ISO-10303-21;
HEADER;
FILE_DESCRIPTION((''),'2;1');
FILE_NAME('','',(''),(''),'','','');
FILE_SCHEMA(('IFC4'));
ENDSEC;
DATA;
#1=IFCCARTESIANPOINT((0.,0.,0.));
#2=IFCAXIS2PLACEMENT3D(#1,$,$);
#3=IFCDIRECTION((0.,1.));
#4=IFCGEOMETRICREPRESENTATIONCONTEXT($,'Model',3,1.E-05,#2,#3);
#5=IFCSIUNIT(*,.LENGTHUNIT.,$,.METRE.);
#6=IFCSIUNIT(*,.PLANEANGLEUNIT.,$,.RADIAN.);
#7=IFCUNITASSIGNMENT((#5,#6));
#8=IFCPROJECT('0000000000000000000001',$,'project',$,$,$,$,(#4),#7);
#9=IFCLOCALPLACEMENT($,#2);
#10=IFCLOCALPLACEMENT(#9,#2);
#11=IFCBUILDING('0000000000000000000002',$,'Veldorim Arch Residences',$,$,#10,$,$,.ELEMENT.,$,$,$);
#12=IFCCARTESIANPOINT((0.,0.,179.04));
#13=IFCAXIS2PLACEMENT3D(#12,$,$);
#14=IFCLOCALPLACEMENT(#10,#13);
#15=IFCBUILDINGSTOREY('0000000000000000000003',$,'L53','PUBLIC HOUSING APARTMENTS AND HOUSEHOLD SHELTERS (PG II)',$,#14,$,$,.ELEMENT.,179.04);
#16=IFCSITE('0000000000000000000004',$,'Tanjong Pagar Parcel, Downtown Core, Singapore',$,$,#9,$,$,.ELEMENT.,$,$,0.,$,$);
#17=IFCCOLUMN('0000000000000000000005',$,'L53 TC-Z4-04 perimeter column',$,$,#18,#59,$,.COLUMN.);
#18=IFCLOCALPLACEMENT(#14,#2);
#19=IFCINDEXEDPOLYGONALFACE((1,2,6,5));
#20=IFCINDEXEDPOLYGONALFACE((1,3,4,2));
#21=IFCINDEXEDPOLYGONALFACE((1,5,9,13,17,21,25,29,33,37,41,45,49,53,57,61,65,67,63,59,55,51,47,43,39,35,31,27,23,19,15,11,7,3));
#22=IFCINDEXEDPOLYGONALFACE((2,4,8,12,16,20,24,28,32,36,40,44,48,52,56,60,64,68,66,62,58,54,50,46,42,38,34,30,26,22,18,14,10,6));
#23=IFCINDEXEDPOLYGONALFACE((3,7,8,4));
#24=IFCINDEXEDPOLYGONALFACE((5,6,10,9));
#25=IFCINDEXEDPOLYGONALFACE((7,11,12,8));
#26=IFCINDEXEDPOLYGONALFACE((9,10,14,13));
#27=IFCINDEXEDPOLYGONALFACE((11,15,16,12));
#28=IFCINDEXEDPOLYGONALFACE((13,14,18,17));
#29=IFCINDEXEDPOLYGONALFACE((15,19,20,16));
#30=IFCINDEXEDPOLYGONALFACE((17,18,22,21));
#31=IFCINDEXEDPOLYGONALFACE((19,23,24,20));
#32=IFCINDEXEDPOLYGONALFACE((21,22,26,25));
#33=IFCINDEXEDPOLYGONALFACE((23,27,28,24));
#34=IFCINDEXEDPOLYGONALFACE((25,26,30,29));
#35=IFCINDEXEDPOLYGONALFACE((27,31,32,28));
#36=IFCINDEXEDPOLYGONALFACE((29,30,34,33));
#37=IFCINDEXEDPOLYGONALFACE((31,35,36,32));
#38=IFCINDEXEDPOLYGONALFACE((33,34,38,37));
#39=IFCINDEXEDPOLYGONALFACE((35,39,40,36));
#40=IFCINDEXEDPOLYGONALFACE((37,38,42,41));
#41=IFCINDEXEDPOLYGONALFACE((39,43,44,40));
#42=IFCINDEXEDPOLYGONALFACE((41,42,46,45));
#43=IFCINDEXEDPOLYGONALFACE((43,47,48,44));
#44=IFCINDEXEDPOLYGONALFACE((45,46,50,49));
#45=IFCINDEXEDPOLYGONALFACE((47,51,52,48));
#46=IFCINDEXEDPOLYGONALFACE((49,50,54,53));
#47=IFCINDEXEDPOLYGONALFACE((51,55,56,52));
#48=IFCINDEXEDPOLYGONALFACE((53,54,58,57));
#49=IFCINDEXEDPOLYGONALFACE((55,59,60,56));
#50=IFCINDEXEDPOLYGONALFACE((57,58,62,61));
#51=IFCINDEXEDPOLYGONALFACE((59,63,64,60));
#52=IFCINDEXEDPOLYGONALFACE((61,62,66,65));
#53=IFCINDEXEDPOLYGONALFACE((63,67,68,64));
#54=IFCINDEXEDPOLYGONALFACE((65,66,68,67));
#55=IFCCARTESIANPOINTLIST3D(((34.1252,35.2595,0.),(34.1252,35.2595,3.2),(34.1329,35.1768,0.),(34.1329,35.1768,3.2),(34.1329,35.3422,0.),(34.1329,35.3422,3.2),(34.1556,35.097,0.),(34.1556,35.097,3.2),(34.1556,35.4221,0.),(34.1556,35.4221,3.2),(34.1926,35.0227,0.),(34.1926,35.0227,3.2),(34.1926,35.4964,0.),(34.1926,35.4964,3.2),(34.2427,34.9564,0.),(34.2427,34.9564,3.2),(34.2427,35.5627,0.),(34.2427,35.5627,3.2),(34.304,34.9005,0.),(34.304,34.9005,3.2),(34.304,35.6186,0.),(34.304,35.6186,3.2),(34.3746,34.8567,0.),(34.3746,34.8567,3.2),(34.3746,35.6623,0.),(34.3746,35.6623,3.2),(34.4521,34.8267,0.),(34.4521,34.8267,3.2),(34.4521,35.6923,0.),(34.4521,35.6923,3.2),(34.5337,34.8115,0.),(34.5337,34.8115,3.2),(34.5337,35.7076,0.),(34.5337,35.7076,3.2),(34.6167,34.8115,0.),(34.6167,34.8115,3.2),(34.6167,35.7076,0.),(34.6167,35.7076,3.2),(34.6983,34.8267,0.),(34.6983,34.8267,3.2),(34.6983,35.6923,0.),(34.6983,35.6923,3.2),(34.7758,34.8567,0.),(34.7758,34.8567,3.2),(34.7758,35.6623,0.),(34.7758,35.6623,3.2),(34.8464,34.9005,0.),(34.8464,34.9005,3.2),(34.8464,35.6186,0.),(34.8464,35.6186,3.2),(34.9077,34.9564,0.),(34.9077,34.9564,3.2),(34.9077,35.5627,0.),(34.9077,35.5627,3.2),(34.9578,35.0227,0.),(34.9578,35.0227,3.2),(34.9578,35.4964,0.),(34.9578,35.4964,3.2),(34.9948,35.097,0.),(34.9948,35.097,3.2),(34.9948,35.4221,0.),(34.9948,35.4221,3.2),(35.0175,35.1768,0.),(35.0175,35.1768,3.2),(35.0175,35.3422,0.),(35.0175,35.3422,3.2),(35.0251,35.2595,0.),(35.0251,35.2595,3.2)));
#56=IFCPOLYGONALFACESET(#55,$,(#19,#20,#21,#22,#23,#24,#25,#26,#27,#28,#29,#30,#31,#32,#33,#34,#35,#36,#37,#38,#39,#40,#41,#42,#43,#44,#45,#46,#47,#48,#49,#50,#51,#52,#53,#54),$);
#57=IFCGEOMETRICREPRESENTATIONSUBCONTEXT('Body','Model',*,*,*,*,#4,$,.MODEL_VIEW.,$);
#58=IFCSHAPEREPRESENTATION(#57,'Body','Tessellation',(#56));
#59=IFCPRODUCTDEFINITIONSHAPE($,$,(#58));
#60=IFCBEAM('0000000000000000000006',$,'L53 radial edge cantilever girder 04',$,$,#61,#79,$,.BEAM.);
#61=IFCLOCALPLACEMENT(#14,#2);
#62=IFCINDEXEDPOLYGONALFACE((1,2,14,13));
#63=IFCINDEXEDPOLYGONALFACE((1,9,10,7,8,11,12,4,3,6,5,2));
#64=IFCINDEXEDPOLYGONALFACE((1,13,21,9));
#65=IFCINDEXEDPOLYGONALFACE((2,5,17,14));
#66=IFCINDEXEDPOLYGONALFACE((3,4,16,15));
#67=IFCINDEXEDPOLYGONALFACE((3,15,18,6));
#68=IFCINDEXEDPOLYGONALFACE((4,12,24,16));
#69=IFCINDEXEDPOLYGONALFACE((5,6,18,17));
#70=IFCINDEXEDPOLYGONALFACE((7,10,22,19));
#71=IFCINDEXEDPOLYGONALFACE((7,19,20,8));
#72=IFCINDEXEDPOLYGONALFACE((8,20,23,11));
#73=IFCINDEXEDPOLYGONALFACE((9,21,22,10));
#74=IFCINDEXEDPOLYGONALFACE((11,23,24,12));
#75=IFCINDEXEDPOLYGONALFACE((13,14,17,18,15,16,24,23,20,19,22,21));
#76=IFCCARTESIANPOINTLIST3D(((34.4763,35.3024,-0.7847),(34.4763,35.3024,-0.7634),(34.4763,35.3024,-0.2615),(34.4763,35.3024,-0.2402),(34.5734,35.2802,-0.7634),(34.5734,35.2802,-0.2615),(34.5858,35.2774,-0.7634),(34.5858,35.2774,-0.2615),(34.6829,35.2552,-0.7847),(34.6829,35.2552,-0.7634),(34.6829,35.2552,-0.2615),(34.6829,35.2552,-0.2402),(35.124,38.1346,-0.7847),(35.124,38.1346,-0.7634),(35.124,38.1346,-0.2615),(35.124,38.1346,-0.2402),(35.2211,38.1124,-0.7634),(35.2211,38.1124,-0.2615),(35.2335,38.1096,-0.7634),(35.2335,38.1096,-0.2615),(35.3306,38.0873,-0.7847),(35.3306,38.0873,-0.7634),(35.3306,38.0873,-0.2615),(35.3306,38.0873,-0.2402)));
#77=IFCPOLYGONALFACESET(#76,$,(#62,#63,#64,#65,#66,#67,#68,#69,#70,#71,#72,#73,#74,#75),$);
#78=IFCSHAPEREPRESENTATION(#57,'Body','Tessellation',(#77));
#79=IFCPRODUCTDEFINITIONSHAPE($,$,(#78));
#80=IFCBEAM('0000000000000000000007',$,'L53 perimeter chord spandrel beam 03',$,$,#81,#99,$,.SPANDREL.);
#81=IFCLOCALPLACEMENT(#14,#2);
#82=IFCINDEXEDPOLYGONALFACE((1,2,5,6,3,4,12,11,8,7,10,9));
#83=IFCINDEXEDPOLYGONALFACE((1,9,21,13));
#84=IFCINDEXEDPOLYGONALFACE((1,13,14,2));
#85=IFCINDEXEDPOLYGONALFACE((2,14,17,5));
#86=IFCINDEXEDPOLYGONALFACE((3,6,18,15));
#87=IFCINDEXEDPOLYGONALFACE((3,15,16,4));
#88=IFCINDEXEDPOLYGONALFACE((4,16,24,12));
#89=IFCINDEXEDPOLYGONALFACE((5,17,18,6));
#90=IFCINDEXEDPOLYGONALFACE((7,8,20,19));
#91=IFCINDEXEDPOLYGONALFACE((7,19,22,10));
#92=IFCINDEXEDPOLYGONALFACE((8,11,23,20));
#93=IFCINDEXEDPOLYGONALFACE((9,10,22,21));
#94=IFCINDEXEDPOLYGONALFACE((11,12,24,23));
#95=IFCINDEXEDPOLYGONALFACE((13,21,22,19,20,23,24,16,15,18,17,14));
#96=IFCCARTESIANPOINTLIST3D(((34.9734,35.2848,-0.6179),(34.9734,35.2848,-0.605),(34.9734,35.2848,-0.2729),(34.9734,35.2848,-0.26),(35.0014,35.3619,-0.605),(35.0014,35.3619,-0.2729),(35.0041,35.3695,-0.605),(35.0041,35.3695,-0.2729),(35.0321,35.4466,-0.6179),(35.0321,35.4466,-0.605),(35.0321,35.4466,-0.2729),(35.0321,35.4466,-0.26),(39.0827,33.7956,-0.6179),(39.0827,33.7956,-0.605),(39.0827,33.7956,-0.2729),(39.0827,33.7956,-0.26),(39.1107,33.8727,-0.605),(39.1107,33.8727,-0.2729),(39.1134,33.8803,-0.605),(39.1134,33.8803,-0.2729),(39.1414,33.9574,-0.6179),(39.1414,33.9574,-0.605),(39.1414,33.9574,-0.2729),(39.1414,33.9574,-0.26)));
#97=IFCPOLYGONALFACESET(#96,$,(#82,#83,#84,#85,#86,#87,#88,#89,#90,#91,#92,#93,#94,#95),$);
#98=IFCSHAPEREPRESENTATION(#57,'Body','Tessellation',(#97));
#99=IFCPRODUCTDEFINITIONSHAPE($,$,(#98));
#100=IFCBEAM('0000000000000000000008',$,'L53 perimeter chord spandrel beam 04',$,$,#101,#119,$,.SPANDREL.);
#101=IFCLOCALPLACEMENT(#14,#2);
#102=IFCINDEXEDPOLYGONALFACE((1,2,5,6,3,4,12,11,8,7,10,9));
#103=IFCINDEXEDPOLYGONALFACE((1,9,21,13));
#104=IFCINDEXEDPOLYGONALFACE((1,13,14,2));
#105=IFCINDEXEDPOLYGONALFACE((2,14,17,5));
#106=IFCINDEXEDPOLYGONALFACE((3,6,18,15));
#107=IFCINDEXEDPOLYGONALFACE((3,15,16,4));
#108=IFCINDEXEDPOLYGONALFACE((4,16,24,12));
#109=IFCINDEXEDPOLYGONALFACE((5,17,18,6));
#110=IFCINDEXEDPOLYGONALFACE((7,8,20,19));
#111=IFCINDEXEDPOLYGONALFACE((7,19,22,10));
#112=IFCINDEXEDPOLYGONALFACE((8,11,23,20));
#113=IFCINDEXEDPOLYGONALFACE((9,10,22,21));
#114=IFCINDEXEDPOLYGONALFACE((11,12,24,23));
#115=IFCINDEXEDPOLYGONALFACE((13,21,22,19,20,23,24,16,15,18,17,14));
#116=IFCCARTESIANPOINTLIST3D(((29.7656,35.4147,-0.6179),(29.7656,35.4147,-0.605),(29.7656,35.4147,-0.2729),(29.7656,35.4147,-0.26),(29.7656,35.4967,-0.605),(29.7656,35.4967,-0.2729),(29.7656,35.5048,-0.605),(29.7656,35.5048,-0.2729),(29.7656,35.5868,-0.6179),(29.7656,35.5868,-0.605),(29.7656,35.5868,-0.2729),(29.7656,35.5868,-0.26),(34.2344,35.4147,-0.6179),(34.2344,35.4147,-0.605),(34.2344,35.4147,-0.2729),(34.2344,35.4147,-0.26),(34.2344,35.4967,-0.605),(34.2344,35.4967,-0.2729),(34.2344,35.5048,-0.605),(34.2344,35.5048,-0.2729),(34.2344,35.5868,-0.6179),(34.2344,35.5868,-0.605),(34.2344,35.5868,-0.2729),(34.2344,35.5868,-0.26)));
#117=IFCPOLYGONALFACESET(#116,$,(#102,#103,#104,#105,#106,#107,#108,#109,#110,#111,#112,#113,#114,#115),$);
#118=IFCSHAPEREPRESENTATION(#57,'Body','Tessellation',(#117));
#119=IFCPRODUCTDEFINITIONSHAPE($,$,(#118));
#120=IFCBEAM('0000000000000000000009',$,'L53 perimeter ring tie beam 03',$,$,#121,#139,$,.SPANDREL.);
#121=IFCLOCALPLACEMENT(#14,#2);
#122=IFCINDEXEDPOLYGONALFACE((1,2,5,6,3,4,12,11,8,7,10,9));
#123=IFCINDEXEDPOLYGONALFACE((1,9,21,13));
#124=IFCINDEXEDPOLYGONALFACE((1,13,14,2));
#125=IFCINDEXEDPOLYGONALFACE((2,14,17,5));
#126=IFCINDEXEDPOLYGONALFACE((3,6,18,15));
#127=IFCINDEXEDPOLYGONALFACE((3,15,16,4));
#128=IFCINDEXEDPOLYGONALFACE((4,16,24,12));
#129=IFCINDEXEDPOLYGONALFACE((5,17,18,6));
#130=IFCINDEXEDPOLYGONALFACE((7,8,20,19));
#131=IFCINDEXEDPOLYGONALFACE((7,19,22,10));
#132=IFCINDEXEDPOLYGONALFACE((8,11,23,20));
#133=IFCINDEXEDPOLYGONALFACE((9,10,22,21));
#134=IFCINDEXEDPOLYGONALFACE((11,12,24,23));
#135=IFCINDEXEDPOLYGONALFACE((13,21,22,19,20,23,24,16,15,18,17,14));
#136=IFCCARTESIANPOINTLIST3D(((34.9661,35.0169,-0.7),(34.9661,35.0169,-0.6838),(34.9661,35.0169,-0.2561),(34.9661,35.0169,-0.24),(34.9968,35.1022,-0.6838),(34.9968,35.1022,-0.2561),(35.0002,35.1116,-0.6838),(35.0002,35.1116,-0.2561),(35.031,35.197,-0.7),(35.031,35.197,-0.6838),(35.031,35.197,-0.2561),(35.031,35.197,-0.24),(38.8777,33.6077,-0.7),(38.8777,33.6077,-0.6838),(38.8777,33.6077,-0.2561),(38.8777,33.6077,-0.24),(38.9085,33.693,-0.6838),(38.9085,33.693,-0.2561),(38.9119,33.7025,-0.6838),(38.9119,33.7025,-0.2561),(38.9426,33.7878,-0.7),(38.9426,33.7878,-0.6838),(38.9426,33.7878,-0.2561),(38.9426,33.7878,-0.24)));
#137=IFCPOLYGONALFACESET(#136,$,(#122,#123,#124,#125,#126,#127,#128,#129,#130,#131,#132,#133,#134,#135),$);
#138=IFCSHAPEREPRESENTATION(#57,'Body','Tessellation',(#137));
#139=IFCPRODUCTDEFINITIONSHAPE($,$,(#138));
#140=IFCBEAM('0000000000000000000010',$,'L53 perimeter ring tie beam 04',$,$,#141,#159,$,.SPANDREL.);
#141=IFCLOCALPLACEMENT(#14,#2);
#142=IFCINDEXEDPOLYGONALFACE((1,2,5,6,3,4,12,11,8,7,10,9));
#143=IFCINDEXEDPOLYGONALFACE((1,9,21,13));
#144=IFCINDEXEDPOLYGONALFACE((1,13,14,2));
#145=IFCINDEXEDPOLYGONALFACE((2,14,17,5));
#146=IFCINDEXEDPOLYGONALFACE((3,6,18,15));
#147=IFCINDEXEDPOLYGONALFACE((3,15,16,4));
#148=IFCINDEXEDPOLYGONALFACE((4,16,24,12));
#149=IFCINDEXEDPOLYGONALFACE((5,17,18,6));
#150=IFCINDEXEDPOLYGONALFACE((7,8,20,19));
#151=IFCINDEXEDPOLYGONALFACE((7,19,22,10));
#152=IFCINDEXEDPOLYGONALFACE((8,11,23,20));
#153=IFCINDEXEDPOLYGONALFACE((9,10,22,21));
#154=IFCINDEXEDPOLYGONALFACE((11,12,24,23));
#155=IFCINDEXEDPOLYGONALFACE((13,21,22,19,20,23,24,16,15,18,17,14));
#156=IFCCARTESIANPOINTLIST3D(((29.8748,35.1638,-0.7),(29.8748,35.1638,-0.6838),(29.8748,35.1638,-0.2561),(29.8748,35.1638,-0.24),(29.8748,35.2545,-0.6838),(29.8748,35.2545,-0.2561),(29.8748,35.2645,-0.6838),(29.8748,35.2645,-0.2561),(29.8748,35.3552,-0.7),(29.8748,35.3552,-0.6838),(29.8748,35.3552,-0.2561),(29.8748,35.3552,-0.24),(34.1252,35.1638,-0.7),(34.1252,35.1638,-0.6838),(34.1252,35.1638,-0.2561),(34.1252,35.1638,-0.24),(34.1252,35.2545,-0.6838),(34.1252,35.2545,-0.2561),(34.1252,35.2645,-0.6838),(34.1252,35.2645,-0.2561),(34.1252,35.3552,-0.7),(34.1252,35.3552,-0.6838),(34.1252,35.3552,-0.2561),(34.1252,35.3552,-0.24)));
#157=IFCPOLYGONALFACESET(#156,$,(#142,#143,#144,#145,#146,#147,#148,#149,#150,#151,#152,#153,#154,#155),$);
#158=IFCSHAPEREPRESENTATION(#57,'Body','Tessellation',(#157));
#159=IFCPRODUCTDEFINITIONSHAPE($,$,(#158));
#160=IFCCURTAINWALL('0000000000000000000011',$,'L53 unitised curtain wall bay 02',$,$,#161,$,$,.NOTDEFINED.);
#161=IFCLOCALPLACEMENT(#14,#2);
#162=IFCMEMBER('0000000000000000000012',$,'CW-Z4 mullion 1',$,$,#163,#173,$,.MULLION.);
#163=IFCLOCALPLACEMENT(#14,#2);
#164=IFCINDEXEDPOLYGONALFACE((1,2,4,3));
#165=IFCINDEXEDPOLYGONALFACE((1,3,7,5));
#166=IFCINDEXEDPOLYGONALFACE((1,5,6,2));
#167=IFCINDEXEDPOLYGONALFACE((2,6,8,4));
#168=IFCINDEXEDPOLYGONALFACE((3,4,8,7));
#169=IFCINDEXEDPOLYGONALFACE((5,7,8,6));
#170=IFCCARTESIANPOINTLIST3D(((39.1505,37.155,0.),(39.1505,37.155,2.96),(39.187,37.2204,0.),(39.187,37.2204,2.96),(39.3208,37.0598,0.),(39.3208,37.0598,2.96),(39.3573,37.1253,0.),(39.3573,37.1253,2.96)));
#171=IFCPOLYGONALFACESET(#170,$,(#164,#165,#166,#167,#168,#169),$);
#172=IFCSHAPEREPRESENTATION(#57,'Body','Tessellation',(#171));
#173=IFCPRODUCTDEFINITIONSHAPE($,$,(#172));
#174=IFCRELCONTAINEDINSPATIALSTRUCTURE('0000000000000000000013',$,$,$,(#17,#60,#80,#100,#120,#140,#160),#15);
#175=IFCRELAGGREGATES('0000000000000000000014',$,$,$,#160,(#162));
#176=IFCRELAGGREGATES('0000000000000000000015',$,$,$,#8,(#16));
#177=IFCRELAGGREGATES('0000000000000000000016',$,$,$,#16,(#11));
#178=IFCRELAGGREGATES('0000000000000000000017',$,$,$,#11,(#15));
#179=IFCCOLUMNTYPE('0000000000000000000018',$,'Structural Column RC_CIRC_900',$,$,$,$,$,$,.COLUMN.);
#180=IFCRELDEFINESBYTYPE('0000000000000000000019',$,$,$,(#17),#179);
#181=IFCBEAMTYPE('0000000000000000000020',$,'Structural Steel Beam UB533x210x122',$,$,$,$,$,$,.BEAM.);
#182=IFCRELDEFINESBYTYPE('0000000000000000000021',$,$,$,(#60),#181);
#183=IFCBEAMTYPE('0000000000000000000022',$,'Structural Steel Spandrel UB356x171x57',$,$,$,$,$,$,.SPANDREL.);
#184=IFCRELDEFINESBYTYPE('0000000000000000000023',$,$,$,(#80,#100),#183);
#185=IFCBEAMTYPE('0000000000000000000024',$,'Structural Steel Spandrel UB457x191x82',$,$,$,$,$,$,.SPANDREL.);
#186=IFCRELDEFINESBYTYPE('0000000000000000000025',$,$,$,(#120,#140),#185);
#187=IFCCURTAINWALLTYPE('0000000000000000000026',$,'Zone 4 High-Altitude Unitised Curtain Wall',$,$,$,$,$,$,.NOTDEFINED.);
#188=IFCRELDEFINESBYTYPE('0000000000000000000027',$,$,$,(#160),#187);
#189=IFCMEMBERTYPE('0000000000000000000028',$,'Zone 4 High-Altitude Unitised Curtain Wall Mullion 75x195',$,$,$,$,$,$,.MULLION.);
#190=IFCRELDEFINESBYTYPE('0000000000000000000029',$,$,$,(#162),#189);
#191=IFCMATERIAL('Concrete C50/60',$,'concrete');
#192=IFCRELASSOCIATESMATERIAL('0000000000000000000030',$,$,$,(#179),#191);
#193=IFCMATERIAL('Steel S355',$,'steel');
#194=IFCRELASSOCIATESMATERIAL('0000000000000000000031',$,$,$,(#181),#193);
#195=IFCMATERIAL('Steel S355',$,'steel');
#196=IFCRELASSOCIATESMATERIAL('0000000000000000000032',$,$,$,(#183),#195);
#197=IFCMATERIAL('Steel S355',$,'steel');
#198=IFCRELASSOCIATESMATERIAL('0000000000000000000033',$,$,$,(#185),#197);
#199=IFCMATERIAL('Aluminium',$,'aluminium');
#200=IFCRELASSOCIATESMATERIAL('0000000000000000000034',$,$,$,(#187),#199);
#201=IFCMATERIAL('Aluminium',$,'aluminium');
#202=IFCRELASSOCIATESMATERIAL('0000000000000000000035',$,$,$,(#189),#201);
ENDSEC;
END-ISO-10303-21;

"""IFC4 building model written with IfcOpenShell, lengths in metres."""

from ifc_helpers import new_model, si_unit, direction, frame, origin, origin_2d, place, context, subcontext, project, spatial, rectangle, circle, i_section, extrude, material, material_profile, profile_set, type_object, element, aggregate, save


model = new_model("IFC4")

# Units and contexts
model_context = context("Model", 3, precision=1e-05, world=origin(), true_north=direction((0.0, 1.0)))
body_context = subcontext(model_context, "Body", "Model", "MODEL_VIEW")
ifc_project = project(units=[si_unit("LENGTHUNIT", "METRE"), si_unit("PLANEANGLEUNIT", "RADIAN")], contexts=[model_context])

# Site, building, storey
site_placement = place(None, origin())
site = spatial("IfcSite", under=ifc_project, at=site_placement, Name="Tanjong Pagar Parcel, Downtown Core, Singapore", CompositionType="ELEMENT", RefElevation=0.0)
building_placement = place(site_placement, origin())
building = spatial("IfcBuilding", under=site, at=building_placement, Name="Veldorim Arch Residences", CompositionType="ELEMENT")
storey_placement = place(building_placement, frame((0.0, 0.0, 179.04)))
storey = spatial("IfcBuildingStorey", under=building, at=storey_placement, Name="L53", Description="PUBLIC HOUSING APARTMENTS AND HOUSEHOLD SHELTERS (PG II)", CompositionType="ELEMENT", Elevation=179.04)

# Column
ifc_material_1 = material(Name="Concrete C50/60", Category="concrete")
ifc_material_profile_1 = material_profile(ifc_material_1, circle(Radius=0.45, at=origin_2d()), Name="RC_CIRC_900")
ifc_profile_set_1 = profile_set([ifc_material_profile_1], Name="Concrete C50/60")
column_type = type_object("IfcColumnType", Name="Structural Column RC_CIRC_900", PredefinedType="COLUMN", material=ifc_profile_set_1)
column_placement = place(storey_placement, frame((34.5752, 35.2595, 0.0), z_axis=(0.0, 0.0, 1.0), x_axis=(1.0, 0.0, 0.0)))
element("IfcColumn", 1, at=column_placement, inside=storey, type_object=column_type, Name="L53 TC-Z4-04 perimeter column", PredefinedType="COLUMN", context=body_context, shape_type="SweptSolid", body=[
    extrude(circle(Radius=0.45, at=origin_2d()), origin(), (0.0, 0.0, 1.0), 3.2),
])

# Beams
ifc_material_2 = material(Name="Steel S355", Category="steel")
ifc_material_profile_2 = material_profile(ifc_material_2, i_section(OverallWidth=0.2119, OverallDepth=0.5444, WebThickness=0.0127, FlangeThickness=0.0212, at=origin_2d()), Name="UB533x210x122")
ifc_profile_set_2 = profile_set([ifc_material_profile_2], Name="Steel S355")
beam_type_1 = type_object("IfcBeamType", Name="Structural Steel Beam UB533x210x122", PredefinedType="BEAM", material=ifc_profile_set_2)
beam_1_placement = place(storey_placement, frame((34.5796, 35.2788, -0.5125), z_axis=(0.222932, 0.974834, 0.0), x_axis=(-0.974834, 0.222932, 0.0)))
element("IfcBeam", 2, at=beam_1_placement, inside=storey, type_object=beam_type_1, Name="L53 radial edge cantilever girder 04", PredefinedType="BEAM", context=body_context, shape_type="SweptSolid", body=[
    extrude(i_section(OverallWidth=0.2119, OverallDepth=0.5444, WebThickness=0.0127, FlangeThickness=0.0212, at=origin_2d()), origin(), (0.0, 0.0, 1.0), 2.9053),
])
ifc_material_3 = material(Name="Steel S355", Category="steel")
ifc_material_profile_3 = material_profile(ifc_material_3, i_section(OverallWidth=0.1721, OverallDepth=0.3579, WebThickness=0.0081, FlangeThickness=0.0129, at=origin_2d()), Name="UB356x171x57")
ifc_profile_set_3 = profile_set([ifc_material_profile_3], Name="Steel S355")
beam_type_2 = type_object("IfcBeamType", Name="Structural Steel Spandrel UB356x171x57", PredefinedType="SPANDREL", material=ifc_profile_set_3)
beam_2_placement = place(storey_placement, frame((39.1121, 33.8765, -0.439), z_axis=(-0.940165, 0.34072, 0.0), x_axis=(-0.34072, -0.940165, 0.0)))
element("IfcBeam", 3, at=beam_2_placement, inside=storey, type_object=beam_type_2, Name="L53 perimeter chord spandrel beam 03", PredefinedType="SPANDREL", context=body_context, shape_type="SweptSolid", body=[
    extrude(i_section(OverallWidth=0.1721, OverallDepth=0.3579, WebThickness=0.0081, FlangeThickness=0.0129, at=origin_2d()), origin(), (0.0, 0.0, 1.0), 4.3708),
])
beam_3_placement = place(storey_placement, frame((34.2344, 35.5007, -0.439), z_axis=(-1.0, 0.0, 0.0), x_axis=(0.0, -1.0, 0.0)))
element("IfcBeam", 4, at=beam_3_placement, inside=storey, type_object=beam_type_2, Name="L53 perimeter chord spandrel beam 04", PredefinedType="SPANDREL", context=body_context, shape_type="SweptSolid", body=[
    extrude(i_section(OverallWidth=0.1721, OverallDepth=0.3579, WebThickness=0.0081, FlangeThickness=0.0129, at=origin_2d()), origin(), (0.0, 0.0, 1.0), 4.4688),
])
ifc_material_4 = material(Name="Steel S355", Category="steel")
ifc_material_profile_4 = material_profile(ifc_material_4, i_section(OverallWidth=0.1914, OverallDepth=0.46, WebThickness=0.01, FlangeThickness=0.0161, at=origin_2d()), Name="UB457x191x82")
ifc_profile_set_4 = profile_set([ifc_material_profile_4], Name="Steel S355")
beam_type_3 = type_object("IfcBeamType", Name="Structural Steel Spandrel UB457x191x82", PredefinedType="SPANDREL", material=ifc_profile_set_4)
beam_4_placement = place(storey_placement, frame((38.9102, 33.6978, -0.47), z_axis=(-0.940811, 0.338932, 0.0), x_axis=(-0.338932, -0.940811, 0.0)))
element("IfcBeam", 5, at=beam_4_placement, inside=storey, type_object=beam_type_3, Name="L53 perimeter ring tie beam 03", PredefinedType="SPANDREL", context=body_context, shape_type="SweptSolid", body=[
    extrude(i_section(OverallWidth=0.1914, OverallDepth=0.46, WebThickness=0.01, FlangeThickness=0.0161, at=origin_2d()), origin(), (0.0, 0.0, 1.0), 4.1577),
])
beam_5_placement = place(storey_placement, frame((34.1252, 35.2595, -0.47), z_axis=(-1.0, 0.0, 0.0), x_axis=(0.0, -1.0, 0.0)))
element("IfcBeam", 6, at=beam_5_placement, inside=storey, type_object=beam_type_3, Name="L53 perimeter ring tie beam 04", PredefinedType="SPANDREL", context=body_context, shape_type="SweptSolid", body=[
    extrude(i_section(OverallWidth=0.1914, OverallDepth=0.46, WebThickness=0.01, FlangeThickness=0.0161, at=origin_2d()), origin(), (0.0, 0.0, 1.0), 4.2505),
])

# Curtain wall, member
ifc_material_5 = material(Name="Aluminium", Category="aluminium")
curtain_wall_type = type_object("IfcCurtainWallType", Name="Zone 4 High-Altitude Unitised Curtain Wall", PredefinedType="NOTDEFINED", material=ifc_material_5)
curtain_wall_placement = place(storey_placement, origin())
curtain_wall = element("IfcCurtainWall", 7, at=curtain_wall_placement, inside=storey, type_object=curtain_wall_type, Name="L53 unitised curtain wall bay 02", PredefinedType="NOTDEFINED")
ifc_material_6 = material(Name="Aluminium", Category="aluminium")
ifc_material_profile_5 = material_profile(ifc_material_6, rectangle(XDim=0.075, YDim=0.1951, at=origin_2d()), Name="ALU_MUL_75x195")
ifc_profile_set_5 = profile_set([ifc_material_profile_5], Name="Aluminium")
member_type_1 = type_object("IfcMemberType", Name="Zone 4 High-Altitude Unitised Curtain Wall Mullion 75x195", PredefinedType="MULLION", material=ifc_profile_set_5)
member_1_placement = place(storey_placement, frame((39.2539, 37.1401, 0.0), z_axis=(0.0, 0.0, 1.0), x_axis=(0.487736, 0.872991, 0.0)))
member_1 = element("IfcMember", 8, at=member_1_placement, type_object=member_type_1, Name="CW-Z4 mullion 1", PredefinedType="MULLION", context=body_context, shape_type="SweptSolid", body=[
    extrude(rectangle(XDim=0.075, YDim=0.1951, at=origin_2d()), origin(), (0.0, 0.0, 1.0), 2.96),
])
aggregate(curtain_wall, [member_1])

save(model, "model.ifc")
